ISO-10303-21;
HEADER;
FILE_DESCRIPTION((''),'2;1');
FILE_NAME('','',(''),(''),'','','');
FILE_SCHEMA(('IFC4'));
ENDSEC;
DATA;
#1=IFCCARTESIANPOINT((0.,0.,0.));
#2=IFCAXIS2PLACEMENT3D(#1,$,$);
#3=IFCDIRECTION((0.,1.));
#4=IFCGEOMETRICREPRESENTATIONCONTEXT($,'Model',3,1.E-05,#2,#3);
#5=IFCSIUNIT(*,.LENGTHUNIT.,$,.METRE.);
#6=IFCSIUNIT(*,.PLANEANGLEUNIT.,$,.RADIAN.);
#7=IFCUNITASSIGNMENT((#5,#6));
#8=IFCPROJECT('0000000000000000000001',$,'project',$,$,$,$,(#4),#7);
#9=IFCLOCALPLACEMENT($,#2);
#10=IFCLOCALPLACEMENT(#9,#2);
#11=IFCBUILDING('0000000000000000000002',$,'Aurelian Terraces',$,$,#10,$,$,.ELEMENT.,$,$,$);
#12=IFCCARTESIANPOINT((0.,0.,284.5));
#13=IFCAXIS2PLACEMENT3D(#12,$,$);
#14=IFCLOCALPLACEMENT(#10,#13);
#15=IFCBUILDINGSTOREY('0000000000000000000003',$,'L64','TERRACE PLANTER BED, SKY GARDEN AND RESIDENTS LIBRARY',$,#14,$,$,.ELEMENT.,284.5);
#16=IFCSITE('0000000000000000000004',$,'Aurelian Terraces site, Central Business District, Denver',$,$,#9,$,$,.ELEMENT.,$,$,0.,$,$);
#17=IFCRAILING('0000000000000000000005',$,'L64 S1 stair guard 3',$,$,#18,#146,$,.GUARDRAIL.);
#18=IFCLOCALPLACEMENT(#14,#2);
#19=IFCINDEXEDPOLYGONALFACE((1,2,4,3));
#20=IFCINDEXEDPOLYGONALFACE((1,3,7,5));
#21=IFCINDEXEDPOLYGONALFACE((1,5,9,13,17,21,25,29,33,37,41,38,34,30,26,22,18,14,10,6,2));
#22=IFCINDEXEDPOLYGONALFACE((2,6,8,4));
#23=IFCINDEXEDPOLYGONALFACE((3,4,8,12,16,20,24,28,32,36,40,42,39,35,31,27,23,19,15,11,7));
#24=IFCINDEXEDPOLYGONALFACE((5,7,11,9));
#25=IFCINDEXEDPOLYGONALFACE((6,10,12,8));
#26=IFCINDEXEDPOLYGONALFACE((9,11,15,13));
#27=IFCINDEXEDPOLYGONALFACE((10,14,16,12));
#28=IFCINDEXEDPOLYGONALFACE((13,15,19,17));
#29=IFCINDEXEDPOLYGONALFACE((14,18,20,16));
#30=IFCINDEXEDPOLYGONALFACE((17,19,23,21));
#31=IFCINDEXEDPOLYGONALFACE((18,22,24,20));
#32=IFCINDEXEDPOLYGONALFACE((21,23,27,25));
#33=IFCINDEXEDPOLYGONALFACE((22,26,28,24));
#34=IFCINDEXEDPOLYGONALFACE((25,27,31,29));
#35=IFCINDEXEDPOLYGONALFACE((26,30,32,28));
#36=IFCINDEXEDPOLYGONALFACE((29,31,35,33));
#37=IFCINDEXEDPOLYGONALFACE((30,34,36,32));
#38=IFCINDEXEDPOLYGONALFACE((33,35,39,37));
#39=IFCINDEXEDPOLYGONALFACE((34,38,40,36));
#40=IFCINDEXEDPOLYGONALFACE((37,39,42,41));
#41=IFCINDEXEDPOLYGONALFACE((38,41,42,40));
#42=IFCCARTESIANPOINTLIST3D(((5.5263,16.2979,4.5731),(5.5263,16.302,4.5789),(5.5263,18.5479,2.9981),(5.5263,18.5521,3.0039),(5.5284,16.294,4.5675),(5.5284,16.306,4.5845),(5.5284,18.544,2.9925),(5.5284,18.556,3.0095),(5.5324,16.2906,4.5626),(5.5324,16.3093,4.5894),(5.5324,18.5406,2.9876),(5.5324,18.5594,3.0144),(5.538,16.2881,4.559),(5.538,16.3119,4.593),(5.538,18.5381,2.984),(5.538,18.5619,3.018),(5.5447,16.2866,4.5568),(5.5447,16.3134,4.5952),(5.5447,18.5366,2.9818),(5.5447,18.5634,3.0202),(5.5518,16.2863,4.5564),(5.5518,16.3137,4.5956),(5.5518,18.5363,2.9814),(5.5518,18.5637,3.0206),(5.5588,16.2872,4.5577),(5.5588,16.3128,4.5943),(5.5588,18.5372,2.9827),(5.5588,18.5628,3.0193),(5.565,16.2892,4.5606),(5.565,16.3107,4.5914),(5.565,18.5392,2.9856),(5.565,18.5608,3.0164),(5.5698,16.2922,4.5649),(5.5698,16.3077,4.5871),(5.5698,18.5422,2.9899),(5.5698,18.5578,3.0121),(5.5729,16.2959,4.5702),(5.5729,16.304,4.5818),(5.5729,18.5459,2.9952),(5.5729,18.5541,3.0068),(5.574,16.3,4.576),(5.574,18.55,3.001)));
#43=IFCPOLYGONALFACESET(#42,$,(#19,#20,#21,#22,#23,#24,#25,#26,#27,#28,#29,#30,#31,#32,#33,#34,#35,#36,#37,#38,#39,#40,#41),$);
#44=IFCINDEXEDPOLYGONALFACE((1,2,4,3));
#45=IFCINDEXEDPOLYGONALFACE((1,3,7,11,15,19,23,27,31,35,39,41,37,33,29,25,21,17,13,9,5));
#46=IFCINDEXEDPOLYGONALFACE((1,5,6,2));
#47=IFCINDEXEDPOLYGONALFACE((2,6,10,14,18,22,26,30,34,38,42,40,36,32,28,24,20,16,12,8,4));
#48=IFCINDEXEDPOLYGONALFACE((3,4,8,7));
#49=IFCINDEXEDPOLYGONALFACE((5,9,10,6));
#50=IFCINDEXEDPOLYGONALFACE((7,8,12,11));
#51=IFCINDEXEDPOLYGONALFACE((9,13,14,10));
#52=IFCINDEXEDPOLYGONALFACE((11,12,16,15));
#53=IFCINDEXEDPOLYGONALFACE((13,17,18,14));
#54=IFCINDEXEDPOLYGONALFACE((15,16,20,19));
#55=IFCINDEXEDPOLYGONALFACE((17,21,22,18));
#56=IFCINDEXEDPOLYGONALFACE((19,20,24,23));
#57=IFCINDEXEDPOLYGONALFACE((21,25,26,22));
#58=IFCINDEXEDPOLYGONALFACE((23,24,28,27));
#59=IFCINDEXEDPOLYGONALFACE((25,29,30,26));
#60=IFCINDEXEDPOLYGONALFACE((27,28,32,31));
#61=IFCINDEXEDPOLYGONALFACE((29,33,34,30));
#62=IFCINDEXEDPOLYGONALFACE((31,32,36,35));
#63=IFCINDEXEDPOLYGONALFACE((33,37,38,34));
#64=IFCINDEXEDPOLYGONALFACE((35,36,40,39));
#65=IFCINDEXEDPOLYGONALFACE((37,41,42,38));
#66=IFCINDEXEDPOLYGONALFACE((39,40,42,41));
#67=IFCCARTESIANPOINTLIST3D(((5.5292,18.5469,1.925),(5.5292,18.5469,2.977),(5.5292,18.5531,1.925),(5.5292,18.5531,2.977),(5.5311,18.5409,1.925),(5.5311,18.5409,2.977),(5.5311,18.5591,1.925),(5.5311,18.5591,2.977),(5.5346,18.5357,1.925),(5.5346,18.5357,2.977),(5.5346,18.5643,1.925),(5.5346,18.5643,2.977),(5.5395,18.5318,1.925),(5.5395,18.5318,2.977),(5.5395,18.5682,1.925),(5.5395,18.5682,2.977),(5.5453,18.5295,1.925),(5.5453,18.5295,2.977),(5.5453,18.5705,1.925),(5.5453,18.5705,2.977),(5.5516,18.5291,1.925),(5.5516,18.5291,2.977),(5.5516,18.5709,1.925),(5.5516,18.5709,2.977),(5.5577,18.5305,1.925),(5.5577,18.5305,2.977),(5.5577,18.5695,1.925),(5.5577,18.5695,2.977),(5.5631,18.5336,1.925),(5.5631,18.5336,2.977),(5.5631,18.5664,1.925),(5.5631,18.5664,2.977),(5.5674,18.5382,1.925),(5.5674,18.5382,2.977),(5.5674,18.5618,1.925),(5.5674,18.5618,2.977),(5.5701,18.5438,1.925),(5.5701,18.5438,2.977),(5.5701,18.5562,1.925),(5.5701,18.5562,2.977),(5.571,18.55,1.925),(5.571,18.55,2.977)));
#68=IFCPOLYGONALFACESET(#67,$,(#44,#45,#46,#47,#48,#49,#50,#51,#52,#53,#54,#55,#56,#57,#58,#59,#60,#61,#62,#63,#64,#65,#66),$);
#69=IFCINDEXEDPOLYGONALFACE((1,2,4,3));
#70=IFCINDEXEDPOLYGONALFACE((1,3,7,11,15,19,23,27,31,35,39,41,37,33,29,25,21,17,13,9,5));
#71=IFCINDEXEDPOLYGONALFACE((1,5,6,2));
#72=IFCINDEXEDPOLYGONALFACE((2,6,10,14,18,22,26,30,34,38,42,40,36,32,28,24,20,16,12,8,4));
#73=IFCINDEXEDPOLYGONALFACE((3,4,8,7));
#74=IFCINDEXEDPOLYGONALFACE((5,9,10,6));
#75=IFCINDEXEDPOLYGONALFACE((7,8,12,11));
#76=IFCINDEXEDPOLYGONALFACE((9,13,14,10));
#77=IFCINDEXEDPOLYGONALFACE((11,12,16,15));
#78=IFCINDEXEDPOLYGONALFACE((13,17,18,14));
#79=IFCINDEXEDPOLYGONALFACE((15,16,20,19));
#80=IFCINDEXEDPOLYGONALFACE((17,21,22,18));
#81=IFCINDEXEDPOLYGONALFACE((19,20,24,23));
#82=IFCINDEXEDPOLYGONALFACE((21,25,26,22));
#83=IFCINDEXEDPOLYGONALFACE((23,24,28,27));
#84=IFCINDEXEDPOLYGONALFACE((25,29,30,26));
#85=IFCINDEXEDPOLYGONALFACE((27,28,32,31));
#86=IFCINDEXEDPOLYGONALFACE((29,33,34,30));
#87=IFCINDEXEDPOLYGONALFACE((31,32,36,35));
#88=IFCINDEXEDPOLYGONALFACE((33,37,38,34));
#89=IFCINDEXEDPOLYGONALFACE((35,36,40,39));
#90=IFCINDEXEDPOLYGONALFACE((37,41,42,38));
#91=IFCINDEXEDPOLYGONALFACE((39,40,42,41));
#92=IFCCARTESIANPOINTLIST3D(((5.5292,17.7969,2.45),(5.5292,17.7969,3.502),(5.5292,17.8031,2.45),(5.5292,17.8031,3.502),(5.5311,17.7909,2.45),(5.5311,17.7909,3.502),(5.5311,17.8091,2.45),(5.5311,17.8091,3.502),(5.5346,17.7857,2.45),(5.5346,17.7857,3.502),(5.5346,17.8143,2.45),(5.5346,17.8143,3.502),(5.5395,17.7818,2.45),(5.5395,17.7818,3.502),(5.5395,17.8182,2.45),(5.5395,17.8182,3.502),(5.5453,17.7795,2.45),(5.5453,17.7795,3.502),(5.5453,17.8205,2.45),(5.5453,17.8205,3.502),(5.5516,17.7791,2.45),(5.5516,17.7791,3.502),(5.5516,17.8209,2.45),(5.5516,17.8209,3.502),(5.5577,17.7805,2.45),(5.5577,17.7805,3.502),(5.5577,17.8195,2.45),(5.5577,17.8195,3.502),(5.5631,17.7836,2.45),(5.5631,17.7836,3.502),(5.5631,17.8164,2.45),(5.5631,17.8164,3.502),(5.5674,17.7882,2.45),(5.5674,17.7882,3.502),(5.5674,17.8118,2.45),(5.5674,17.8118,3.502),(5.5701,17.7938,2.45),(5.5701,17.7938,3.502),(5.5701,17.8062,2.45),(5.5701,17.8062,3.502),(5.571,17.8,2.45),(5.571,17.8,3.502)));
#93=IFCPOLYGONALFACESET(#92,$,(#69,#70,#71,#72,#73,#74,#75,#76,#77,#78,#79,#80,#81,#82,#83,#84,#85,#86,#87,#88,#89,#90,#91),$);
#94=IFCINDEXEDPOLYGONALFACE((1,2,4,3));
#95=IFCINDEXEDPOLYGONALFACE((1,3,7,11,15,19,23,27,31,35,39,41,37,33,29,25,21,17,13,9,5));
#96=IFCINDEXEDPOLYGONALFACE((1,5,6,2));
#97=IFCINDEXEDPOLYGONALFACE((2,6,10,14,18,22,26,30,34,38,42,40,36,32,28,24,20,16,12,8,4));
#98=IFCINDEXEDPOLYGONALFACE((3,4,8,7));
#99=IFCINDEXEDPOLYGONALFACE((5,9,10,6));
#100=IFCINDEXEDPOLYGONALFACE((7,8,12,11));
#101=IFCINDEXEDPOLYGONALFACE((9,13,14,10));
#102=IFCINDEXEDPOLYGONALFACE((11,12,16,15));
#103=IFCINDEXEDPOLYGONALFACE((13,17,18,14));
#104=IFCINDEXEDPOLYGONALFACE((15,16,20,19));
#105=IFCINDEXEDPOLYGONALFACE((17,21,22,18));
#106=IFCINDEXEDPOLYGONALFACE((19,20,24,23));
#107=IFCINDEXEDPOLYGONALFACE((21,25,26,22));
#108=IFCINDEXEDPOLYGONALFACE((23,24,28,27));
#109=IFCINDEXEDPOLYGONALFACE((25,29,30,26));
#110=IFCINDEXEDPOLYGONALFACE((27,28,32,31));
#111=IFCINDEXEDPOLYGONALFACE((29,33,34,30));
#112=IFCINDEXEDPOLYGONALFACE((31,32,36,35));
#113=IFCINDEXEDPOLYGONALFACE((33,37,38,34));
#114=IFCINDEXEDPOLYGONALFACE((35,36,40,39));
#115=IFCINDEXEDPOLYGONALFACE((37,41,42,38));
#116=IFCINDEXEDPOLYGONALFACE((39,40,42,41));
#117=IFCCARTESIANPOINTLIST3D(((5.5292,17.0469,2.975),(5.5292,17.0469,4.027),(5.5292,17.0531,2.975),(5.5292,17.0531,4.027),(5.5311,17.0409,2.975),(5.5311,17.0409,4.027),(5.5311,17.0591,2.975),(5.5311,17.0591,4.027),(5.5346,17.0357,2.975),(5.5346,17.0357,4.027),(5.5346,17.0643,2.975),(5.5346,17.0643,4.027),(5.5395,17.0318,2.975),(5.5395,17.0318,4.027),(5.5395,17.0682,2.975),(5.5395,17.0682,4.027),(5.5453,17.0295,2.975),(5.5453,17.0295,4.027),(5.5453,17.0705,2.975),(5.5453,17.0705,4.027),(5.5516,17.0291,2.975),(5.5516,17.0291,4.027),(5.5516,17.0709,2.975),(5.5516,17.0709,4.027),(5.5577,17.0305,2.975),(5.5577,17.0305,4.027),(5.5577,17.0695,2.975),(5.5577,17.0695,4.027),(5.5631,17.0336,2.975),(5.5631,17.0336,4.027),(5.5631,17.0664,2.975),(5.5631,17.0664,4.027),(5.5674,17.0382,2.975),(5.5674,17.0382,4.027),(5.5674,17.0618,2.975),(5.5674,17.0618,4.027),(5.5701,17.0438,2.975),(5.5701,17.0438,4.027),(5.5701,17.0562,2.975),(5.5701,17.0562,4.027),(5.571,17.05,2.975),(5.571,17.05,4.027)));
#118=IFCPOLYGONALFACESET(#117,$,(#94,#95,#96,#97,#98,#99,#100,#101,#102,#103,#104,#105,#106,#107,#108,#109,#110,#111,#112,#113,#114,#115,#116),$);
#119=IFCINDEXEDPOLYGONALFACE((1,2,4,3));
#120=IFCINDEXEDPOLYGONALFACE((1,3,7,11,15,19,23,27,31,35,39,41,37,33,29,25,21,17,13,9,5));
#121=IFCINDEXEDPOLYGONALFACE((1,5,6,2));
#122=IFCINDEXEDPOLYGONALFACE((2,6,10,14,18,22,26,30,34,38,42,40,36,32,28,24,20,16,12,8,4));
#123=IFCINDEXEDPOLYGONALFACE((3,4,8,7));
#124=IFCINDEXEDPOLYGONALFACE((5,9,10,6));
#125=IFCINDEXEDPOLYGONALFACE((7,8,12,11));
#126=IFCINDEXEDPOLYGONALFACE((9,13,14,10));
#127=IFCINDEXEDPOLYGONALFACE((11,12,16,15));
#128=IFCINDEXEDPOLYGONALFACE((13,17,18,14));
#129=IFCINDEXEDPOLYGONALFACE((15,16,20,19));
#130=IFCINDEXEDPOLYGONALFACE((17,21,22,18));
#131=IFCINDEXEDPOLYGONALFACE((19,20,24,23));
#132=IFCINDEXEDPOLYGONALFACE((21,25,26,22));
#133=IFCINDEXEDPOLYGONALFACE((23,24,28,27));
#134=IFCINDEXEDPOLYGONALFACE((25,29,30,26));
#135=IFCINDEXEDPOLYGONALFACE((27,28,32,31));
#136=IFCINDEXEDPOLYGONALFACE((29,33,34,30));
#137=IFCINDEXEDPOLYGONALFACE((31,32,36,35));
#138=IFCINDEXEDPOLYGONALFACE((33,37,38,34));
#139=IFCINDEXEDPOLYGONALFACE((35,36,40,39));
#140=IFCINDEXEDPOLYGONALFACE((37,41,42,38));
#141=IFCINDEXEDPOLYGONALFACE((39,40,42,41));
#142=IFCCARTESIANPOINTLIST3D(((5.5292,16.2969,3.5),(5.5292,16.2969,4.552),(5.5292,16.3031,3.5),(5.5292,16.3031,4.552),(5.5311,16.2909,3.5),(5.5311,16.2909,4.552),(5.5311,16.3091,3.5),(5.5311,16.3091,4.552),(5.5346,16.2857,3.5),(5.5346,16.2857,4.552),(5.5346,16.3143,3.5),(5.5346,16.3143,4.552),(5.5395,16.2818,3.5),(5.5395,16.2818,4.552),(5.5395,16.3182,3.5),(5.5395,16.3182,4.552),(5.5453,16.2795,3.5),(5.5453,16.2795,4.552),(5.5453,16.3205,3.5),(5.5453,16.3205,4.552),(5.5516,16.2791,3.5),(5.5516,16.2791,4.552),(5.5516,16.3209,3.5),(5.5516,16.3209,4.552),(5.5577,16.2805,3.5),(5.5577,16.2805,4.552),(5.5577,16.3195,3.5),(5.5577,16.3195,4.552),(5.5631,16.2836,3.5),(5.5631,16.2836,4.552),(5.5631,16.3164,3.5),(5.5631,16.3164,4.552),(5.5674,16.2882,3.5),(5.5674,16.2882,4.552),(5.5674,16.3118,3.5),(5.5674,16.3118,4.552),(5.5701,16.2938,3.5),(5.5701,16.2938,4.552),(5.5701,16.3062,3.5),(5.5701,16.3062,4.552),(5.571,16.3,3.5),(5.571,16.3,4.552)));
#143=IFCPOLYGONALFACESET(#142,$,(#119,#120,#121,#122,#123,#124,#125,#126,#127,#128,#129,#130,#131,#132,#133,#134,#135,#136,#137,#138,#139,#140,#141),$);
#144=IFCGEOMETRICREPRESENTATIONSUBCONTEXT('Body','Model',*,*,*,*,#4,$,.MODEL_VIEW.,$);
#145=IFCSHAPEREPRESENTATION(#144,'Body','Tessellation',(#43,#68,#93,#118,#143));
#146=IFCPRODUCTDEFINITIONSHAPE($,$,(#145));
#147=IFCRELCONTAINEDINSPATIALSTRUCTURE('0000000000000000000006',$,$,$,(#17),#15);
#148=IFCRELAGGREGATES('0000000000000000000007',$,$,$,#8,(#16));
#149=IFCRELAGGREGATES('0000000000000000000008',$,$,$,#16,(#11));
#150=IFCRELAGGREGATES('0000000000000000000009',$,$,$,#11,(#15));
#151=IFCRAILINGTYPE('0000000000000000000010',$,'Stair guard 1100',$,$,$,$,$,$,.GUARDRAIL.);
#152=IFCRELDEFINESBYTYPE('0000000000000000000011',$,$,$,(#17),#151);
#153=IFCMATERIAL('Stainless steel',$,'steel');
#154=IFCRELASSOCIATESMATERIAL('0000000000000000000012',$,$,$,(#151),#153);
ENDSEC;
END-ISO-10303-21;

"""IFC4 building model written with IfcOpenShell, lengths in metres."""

from ifc_helpers import new_model, si_unit, direction, frame, origin, origin_2d, place, context, subcontext, project, spatial, circle, extrude, material, type_object, element, save


model = new_model("IFC4")

# Units and contexts
model_context = context("Model", 3, precision=1e-05, world=origin(), true_north=direction((0.0, 1.0)))
body_context = subcontext(model_context, "Body", "Model", "MODEL_VIEW")
ifc_project = project(units=[si_unit("LENGTHUNIT", "METRE"), si_unit("PLANEANGLEUNIT", "RADIAN")], contexts=[model_context])

# Site, building, storey
site_placement = place(None, origin())
site = spatial("IfcSite", under=ifc_project, at=site_placement, Name="Aurelian Terraces site, Central Business District, Denver", CompositionType="ELEMENT", RefElevation=0.0)
building_placement = place(site_placement, origin())
building = spatial("IfcBuilding", under=site, at=building_placement, Name="Aurelian Terraces", CompositionType="ELEMENT")
storey_placement = place(building_placement, frame((0.0, 0.0, 284.5)))
storey = spatial("IfcBuildingStorey", under=building, at=storey_placement, Name="L64", Description="TERRACE PLANTER BED, SKY GARDEN AND RESIDENTS LIBRARY", CompositionType="ELEMENT", Elevation=284.5)

# Railing
ifc_material_1 = material(Name="Stainless steel", Category="steel")
railing_type_1 = type_object("IfcRailingType", Name="Stair guard 1100", PredefinedType="GUARDRAIL", material=ifc_material_1)
railing_1_placement = place(storey_placement, frame((5.55, 18.55, 1.925)))
element("IfcRailing", 1, at=railing_1_placement, inside=storey, type_object=railing_type_1, Name="L64 S1 stair guard 3", PredefinedType="GUARDRAIL", context=body_context, shape_type="SweptSolid", body=[
    extrude(circle(Radius=0.024, at=origin_2d()), frame((0.0, 0.0, 1.076), z_axis=(0.0, -0.819232, 0.573462), x_axis=(1.0, 0.0, 0.0)), (0.0, 0.0, 1.0), 2.7465),
    extrude(circle(Radius=0.021, at=origin_2d()), origin(), (0.0, 0.0, 1.0), 1.052),
    extrude(circle(Radius=0.021, at=origin_2d()), frame((0.0, -0.75, 0.525)), (0.0, 0.0, 1.0), 1.052),
    extrude(circle(Radius=0.021, at=origin_2d()), frame((0.0, -1.5, 1.05)), (0.0, 0.0, 1.0), 1.052),
    extrude(circle(Radius=0.021, at=origin_2d()), frame((0.0, -2.25, 1.575)), (0.0, 0.0, 1.0), 1.052),
])

save(model, "model.ifc")
